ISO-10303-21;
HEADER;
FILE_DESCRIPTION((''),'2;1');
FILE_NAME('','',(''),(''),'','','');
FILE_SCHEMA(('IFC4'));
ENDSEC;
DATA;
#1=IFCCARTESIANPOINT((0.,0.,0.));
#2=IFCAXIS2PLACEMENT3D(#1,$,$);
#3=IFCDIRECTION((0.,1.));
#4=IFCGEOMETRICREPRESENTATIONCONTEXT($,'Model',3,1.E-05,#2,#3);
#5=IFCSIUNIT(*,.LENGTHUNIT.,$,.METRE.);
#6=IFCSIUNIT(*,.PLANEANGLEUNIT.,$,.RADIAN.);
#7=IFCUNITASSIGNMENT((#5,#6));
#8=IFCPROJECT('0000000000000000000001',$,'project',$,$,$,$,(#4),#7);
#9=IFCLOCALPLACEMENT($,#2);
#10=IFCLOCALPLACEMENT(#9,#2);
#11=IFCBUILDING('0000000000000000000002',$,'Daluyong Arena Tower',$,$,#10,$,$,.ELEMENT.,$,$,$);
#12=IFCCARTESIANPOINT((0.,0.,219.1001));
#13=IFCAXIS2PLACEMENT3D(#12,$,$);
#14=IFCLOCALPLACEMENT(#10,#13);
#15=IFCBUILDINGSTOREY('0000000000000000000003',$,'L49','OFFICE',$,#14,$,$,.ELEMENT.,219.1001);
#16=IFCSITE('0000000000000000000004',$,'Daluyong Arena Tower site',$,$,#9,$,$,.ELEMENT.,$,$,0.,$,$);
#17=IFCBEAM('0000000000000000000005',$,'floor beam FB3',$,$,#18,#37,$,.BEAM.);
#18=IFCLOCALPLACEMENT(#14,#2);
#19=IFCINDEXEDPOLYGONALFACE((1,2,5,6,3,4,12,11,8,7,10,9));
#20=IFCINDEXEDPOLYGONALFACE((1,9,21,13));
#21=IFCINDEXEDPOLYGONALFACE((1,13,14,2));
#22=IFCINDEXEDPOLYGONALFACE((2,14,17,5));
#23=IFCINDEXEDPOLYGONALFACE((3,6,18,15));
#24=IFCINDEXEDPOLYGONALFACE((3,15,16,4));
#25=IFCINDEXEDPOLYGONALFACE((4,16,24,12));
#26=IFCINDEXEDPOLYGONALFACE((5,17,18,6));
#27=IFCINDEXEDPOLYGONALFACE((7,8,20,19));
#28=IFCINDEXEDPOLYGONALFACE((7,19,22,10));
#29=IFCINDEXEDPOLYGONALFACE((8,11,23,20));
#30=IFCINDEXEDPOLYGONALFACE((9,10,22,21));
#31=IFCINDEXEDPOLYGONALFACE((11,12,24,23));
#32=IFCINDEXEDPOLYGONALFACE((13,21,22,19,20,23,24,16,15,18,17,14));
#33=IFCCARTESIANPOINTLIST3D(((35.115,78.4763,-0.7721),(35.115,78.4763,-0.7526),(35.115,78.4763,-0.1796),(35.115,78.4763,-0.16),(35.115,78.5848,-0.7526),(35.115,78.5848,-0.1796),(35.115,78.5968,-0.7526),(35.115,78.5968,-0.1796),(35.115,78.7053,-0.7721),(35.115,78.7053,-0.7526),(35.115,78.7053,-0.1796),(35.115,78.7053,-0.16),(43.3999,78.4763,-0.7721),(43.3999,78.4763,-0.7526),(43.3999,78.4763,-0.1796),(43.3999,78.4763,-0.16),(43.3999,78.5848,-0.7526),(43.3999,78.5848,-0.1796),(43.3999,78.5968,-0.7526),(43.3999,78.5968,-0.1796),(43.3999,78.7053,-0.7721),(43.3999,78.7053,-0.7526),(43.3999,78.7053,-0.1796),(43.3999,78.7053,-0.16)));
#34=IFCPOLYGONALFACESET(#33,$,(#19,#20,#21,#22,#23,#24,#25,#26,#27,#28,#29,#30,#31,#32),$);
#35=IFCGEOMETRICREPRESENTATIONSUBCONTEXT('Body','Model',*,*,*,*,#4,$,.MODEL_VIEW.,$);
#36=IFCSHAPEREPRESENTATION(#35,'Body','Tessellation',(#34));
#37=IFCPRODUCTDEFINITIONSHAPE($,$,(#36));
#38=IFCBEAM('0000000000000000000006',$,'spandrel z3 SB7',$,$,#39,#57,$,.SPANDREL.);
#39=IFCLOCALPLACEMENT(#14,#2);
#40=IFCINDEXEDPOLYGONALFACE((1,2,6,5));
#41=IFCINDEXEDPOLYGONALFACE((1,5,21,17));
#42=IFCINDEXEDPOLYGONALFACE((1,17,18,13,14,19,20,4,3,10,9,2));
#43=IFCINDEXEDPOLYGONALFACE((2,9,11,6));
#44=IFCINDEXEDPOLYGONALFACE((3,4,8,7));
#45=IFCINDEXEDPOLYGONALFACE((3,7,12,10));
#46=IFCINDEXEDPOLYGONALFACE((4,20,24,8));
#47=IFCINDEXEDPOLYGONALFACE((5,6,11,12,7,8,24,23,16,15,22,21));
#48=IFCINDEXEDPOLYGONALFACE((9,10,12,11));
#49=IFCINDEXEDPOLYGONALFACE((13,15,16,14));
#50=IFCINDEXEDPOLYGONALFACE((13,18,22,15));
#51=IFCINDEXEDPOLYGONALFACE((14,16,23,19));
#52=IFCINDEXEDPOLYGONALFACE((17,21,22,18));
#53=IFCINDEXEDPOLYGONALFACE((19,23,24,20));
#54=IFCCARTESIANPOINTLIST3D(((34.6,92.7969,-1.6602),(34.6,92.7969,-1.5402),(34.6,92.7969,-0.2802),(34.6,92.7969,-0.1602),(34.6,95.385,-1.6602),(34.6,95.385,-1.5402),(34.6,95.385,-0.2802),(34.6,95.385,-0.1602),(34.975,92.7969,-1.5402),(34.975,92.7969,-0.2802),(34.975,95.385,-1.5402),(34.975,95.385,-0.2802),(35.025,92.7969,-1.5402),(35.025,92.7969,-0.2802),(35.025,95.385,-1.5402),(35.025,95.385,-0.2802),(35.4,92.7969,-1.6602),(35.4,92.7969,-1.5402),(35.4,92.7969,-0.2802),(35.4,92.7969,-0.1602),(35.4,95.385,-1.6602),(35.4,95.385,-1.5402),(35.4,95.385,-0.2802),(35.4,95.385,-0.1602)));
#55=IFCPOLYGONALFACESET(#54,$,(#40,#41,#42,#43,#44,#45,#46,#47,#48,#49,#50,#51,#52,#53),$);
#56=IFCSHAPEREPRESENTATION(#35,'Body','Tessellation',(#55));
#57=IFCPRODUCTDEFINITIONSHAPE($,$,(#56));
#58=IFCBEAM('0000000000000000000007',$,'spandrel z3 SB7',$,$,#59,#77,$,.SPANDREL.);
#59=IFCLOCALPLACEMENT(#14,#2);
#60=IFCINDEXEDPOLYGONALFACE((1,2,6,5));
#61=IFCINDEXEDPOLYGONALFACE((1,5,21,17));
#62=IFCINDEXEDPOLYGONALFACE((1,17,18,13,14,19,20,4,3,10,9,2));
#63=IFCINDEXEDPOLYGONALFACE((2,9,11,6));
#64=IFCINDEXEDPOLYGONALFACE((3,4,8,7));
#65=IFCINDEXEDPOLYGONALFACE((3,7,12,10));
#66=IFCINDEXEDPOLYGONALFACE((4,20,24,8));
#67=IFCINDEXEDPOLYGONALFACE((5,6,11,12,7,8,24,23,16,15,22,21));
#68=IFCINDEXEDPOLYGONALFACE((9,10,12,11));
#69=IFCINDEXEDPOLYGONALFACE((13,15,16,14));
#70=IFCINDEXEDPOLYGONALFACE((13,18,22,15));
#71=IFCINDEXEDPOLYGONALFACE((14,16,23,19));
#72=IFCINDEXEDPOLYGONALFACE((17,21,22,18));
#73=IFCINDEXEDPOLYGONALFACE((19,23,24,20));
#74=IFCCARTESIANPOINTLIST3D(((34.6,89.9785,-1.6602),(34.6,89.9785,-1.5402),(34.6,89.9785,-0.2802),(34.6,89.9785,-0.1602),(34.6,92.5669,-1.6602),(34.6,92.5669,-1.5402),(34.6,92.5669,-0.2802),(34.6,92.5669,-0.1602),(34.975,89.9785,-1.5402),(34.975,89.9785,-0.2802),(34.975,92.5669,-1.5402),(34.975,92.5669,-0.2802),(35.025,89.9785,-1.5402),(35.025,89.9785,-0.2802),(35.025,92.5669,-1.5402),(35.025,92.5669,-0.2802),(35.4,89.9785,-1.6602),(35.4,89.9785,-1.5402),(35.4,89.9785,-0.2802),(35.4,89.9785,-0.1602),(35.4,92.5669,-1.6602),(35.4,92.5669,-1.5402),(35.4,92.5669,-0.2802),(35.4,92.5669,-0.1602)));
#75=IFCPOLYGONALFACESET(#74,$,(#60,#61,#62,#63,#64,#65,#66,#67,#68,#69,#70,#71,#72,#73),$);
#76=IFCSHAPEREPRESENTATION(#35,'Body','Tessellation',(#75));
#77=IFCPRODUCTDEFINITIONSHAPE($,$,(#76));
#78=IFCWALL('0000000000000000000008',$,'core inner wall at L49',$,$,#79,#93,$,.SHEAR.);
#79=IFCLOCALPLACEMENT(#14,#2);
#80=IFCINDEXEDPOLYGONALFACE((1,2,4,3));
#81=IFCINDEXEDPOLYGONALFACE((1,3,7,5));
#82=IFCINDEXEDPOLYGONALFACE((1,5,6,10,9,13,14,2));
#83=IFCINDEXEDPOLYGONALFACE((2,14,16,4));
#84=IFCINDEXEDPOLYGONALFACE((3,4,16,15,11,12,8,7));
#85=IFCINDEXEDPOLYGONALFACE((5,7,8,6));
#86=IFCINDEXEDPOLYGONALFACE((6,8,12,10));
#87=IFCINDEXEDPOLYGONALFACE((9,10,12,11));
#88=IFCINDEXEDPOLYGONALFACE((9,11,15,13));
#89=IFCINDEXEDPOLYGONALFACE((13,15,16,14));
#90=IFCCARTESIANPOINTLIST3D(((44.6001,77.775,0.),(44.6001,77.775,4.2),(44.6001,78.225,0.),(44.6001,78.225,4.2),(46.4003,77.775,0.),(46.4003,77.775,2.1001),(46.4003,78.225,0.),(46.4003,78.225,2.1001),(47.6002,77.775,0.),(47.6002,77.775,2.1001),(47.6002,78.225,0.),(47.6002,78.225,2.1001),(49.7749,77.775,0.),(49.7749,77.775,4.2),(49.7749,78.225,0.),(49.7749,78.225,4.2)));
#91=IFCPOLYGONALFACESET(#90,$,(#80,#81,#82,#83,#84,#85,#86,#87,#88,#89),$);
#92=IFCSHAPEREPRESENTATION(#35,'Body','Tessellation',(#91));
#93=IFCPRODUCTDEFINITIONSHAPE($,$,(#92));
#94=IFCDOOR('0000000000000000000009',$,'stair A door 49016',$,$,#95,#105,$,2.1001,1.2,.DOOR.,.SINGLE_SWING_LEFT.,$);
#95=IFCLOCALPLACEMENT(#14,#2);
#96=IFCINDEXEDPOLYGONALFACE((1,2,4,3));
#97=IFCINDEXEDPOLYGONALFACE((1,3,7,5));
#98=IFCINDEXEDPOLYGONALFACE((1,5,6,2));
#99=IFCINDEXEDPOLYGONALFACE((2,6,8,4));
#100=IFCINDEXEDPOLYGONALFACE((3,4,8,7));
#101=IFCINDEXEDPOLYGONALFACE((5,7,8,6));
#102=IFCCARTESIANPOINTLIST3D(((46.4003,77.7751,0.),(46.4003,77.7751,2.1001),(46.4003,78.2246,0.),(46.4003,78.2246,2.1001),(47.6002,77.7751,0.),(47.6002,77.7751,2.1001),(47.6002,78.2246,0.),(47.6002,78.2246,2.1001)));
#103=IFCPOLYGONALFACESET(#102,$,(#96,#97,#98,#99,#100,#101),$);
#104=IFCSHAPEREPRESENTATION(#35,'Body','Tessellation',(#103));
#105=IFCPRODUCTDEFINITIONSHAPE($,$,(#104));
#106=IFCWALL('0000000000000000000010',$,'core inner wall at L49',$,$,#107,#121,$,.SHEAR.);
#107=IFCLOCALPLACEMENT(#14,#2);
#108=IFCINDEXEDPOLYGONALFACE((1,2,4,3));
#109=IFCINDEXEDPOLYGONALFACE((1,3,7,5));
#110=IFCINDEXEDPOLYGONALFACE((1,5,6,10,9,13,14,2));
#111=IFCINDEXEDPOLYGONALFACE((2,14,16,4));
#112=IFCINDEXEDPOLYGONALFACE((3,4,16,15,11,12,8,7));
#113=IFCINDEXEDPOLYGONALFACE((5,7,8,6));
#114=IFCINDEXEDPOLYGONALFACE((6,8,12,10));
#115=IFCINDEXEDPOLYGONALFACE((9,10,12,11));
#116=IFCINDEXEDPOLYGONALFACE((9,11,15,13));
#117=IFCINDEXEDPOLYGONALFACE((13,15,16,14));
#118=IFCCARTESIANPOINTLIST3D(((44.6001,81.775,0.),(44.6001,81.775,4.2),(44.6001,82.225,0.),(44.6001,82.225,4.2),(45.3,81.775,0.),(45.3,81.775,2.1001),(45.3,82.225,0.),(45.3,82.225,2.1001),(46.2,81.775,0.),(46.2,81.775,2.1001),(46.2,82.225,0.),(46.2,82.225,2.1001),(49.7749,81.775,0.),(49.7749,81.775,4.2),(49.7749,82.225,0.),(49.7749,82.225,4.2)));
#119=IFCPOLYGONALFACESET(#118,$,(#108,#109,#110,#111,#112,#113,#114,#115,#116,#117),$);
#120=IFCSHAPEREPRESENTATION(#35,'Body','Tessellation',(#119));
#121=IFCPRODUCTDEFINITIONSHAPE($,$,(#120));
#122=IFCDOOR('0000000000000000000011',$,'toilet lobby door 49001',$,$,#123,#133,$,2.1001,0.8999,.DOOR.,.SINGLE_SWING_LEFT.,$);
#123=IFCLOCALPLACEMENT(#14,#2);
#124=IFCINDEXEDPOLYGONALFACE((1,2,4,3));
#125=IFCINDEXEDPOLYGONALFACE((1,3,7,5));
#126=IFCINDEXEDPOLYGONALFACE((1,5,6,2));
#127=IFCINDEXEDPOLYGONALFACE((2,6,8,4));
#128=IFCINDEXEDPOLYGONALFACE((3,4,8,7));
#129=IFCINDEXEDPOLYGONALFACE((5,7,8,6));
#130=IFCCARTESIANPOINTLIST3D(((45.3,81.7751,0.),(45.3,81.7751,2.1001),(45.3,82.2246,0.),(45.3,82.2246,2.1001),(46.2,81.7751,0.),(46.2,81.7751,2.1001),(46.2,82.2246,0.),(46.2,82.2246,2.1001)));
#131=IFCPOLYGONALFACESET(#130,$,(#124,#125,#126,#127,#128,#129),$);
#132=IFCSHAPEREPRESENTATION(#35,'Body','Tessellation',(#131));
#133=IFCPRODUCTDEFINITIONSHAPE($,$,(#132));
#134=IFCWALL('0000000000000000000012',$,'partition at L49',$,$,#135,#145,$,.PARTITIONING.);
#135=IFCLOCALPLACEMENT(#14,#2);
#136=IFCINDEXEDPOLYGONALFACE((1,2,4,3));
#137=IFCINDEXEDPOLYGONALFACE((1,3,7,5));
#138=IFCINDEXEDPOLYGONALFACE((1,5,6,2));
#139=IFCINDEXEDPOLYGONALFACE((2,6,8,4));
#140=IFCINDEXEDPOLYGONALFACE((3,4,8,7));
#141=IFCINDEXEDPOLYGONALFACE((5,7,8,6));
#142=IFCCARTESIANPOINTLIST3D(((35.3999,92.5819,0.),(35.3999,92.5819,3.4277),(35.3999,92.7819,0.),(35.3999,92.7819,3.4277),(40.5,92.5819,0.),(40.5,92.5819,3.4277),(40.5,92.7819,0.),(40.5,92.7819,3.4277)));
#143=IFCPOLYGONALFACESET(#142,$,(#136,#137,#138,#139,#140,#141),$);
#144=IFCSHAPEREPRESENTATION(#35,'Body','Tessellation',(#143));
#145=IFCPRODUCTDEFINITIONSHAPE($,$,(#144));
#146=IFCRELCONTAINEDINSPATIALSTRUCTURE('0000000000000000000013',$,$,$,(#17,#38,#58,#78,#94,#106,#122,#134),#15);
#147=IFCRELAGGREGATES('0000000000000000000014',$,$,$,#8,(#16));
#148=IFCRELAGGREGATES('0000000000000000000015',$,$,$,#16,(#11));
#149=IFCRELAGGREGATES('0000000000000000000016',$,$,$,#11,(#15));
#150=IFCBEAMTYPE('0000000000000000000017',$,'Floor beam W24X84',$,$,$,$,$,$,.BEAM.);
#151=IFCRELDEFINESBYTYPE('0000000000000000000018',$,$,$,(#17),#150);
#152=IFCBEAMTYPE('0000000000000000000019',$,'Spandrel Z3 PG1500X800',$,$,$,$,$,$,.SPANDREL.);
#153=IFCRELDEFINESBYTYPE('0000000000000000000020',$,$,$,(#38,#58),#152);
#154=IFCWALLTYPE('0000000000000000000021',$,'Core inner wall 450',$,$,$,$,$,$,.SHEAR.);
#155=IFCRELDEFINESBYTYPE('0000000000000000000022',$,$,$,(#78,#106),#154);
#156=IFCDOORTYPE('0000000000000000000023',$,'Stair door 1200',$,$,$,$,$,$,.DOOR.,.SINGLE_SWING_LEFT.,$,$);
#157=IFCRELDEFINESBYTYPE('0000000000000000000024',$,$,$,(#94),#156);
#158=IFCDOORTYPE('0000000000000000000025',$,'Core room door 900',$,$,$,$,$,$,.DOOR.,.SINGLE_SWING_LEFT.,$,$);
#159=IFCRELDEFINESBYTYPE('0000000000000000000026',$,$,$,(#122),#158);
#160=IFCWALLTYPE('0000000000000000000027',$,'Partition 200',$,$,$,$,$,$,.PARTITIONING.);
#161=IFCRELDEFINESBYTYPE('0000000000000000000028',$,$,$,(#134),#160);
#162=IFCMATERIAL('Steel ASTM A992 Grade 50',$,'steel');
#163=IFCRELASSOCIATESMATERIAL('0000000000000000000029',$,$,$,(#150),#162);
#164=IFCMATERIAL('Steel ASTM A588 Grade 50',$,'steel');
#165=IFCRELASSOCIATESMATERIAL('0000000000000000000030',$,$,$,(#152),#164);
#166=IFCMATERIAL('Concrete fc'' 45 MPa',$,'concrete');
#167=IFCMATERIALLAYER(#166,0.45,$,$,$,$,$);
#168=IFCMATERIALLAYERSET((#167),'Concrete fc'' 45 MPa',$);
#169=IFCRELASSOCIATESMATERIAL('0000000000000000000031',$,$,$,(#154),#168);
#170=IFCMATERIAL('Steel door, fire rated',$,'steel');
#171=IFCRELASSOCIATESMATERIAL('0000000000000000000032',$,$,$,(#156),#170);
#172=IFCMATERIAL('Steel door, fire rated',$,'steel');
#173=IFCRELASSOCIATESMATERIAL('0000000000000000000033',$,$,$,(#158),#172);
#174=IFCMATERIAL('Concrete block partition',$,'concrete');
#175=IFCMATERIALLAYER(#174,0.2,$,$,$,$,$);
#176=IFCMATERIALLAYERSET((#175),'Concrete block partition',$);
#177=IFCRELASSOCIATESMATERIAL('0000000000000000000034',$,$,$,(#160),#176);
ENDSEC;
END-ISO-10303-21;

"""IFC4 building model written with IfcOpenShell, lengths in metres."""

from ifc_helpers import new_model, si_unit, direction, frame, frame_2d, origin, origin_2d, place, context, subcontext, project, spatial, rectangle, i_section, extrude, material, layer, layer_set, material_profile, profile_set, type_object, element, fill, save


model = new_model("IFC4")

# Units and contexts
model_context = context("Model", 3, precision=1e-05, world=origin(), true_north=direction((0.0, 1.0)))
body_context = subcontext(model_context, "Body", "Model", "MODEL_VIEW")
ifc_project = project(units=[si_unit("LENGTHUNIT", "METRE"), si_unit("PLANEANGLEUNIT", "RADIAN")], contexts=[model_context])

# Site, building, storey
site_placement = place(None, origin())
site = spatial("IfcSite", under=ifc_project, at=site_placement, Name="Daluyong Arena Tower site", CompositionType="ELEMENT", RefElevation=0.0)
building_placement = place(site_placement, origin())
building = spatial("IfcBuilding", under=site, at=building_placement, Name="Daluyong Arena Tower", CompositionType="ELEMENT")
storey_placement = place(building_placement, frame((0.0, 0.0, 219.1001)))
storey = spatial("IfcBuildingStorey", under=building, at=storey_placement, Name="L49", Description="OFFICE", CompositionType="ELEMENT", Elevation=219.1001)

# Beams
ifc_material_1 = material(Name="Steel ASTM A992 Grade 50", Category="steel")
ifc_material_profile_1 = material_profile(ifc_material_1, i_section(OverallWidth=0.229, OverallDepth=0.6121, WebThickness=0.012, FlangeThickness=0.0195, at=origin_2d()))
ifc_profile_set_1 = profile_set([ifc_material_profile_1], Name="Steel ASTM A992 Grade 50")
beam_type_1 = type_object("IfcBeamType", Name="Floor beam W24X84", PredefinedType="BEAM", material=ifc_profile_set_1)
for number, where, z_axis, x_axis, name in (
    (1, (35.115, 78.5908, -0.4661), (1.0, 0.0, 0.0), (0.0, 1.0, 0.0), "floor beam FB3"),
):
    element("IfcBeam", number, at=place(storey_placement, frame(where, z_axis=z_axis, x_axis=x_axis)), inside=storey, type_object=beam_type_1, Name=name, PredefinedType="BEAM", context=body_context, shape_type="SweptSolid", body=[
        extrude(i_section(OverallWidth=0.229, OverallDepth=0.6121, WebThickness=0.012, FlangeThickness=0.0195, at=origin_2d()), origin(), (0.0, 0.0, 1.0), 8.2849),
    ])
ifc_material_2 = material(Name="Steel ASTM A588 Grade 50", Category="steel")
ifc_material_profile_2 = material_profile(ifc_material_2, i_section(OverallWidth=0.8, OverallDepth=1.5, WebThickness=0.05, FlangeThickness=0.12, at=origin_2d()))
ifc_profile_set_2 = profile_set([ifc_material_profile_2], Name="Steel ASTM A588 Grade 50")
beam_type_2 = type_object("IfcBeamType", Name="Spandrel Z3 PG1500X800", PredefinedType="SPANDREL", material=ifc_profile_set_2)
beam_1_placement = place(storey_placement, frame((35.0, 95.385, -0.9102), z_axis=(0.0, -1.0, 0.0), x_axis=(1.0, 0.0, 0.0)))
element("IfcBeam", 2, at=beam_1_placement, inside=storey, type_object=beam_type_2, Name="spandrel z3 SB7", PredefinedType="SPANDREL", context=body_context, shape_type="SweptSolid", body=[
    extrude(i_section(OverallWidth=0.8, OverallDepth=1.5, WebThickness=0.05, FlangeThickness=0.12, at=origin_2d()), origin(), (0.0, 0.0, 1.0), 2.5881),
])
beam_2_placement = place(storey_placement, frame((35.0, 92.5669, -0.9102), z_axis=(0.0, -1.0, 0.0), x_axis=(1.0, 0.0, 0.0)))
element("IfcBeam", 3, at=beam_2_placement, inside=storey, type_object=beam_type_2, Name="spandrel z3 SB7", PredefinedType="SPANDREL", context=body_context, shape_type="SweptSolid", body=[
    extrude(i_section(OverallWidth=0.8, OverallDepth=1.5, WebThickness=0.05, FlangeThickness=0.12, at=origin_2d()), origin(), (0.0, 0.0, 1.0), 2.5884),
])

# Walls, openings, doors
ifc_material_3 = material(Name="Concrete fc' 45 MPa", Category="concrete")
ifc_layer_1 = layer(ifc_material_3, 0.45)
ifc_layer_set_1 = layer_set([ifc_layer_1], Name="Concrete fc' 45 MPa")
wall_type_1 = type_object("IfcWallType", Name="Core inner wall 450", PredefinedType="SHEAR", material=ifc_layer_set_1)
wall_1_placement = place(storey_placement, frame((44.6001, 78.0, 0.0), z_axis=(0.0, 0.0, 1.0), x_axis=(1.0, 0.0, 0.0)))
wall_1 = element("IfcWall", 4, at=wall_1_placement, inside=storey, type_object=wall_type_1, Name="core inner wall at L49", PredefinedType="SHEAR", context=body_context, shape_type="SweptSolid", body=[
    extrude(rectangle(XDim=5.1748, YDim=0.45, at=frame_2d((2.5874, 0.0))), origin(), (0.0, 0.0, 1.0), 4.2),
])
opening_1_placement = place(wall_1_placement, frame((1.8, 0.0, 0.0)))
opening_1 = element("IfcOpeningElement", 5, at=opening_1_placement, cuts=wall_1, PredefinedType="OPENING", context=body_context, shape_type="SweptSolid", body=[
    extrude(rectangle(XDim=1.2, YDim=2.1001, at=frame_2d((0.6001, 1.05))), frame((0.0, 0.2349, 0.0), z_axis=(0.0, -1.0, 0.0), x_axis=(1.0, 0.0, 0.0)), (0.0, 0.0, 1.0), 0.47),
])
ifc_material_4 = material(Name="Steel door, fire rated", Category="steel")
door_type_1 = type_object("IfcDoorType", Name="Stair door 1200", OperationType="SINGLE_SWING_LEFT", PredefinedType="DOOR", material=ifc_material_4)
door_1_placement = place(opening_1_placement, origin())
door_1 = element("IfcDoor", 6, at=door_1_placement, inside=storey, type_object=door_type_1, Name="stair A door 49016", OperationType="SINGLE_SWING_LEFT", OverallHeight=2.1001, OverallWidth=1.2, PredefinedType="DOOR", context=body_context, shape_type="SweptSolid", body=[
    extrude(rectangle(XDim=1.2, YDim=2.1001, at=frame_2d((0.6001, 1.05))), frame((0.0, 0.2246, 0.0), z_axis=(0.0, -1.0, 0.0), x_axis=(1.0, 0.0, 0.0)), (0.0, 0.0, 1.0), 0.4495),
])
fill(opening_1, door_1)
wall_2_placement = place(storey_placement, frame((44.6001, 82.0, 0.0), z_axis=(0.0, 0.0, 1.0), x_axis=(1.0, 0.0, 0.0)))
wall_2 = element("IfcWall", 7, at=wall_2_placement, inside=storey, type_object=wall_type_1, Name="core inner wall at L49", PredefinedType="SHEAR", context=body_context, shape_type="SweptSolid", body=[
    extrude(rectangle(XDim=5.1748, YDim=0.45, at=frame_2d((2.5874, 0.0))), origin(), (0.0, 0.0, 1.0), 4.2),
])
opening_2_placement = place(wall_2_placement, frame((0.7, 0.0, 0.0)))
opening_2 = element("IfcOpeningElement", 8, at=opening_2_placement, cuts=wall_2, PredefinedType="OPENING", context=body_context, shape_type="SweptSolid", body=[
    extrude(rectangle(XDim=0.8999, YDim=2.1001, at=frame_2d((0.45, 1.05))), frame((0.0, 0.2349, 0.0), z_axis=(0.0, -1.0, 0.0), x_axis=(1.0, 0.0, 0.0)), (0.0, 0.0, 1.0), 0.47),
])
ifc_material_5 = material(Name="Steel door, fire rated", Category="steel")
door_type_2 = type_object("IfcDoorType", Name="Core room door 900", OperationType="SINGLE_SWING_LEFT", PredefinedType="DOOR", material=ifc_material_5)
door_2_placement = place(opening_2_placement, origin())
door_2 = element("IfcDoor", 9, at=door_2_placement, inside=storey, type_object=door_type_2, Name="toilet lobby door 49001", OperationType="SINGLE_SWING_LEFT", OverallHeight=2.1001, OverallWidth=0.8999, PredefinedType="DOOR", context=body_context, shape_type="SweptSolid", body=[
    extrude(rectangle(XDim=0.8999, YDim=2.1001, at=frame_2d((0.45, 1.05))), frame((0.0, 0.2246, 0.0), z_axis=(0.0, -1.0, 0.0), x_axis=(1.0, 0.0, 0.0)), (0.0, 0.0, 1.0), 0.4495),
])
fill(opening_2, door_2)

# Wall
ifc_material_6 = material(Name="Concrete block partition", Category="concrete")
ifc_layer_2 = layer(ifc_material_6, 0.2)
ifc_layer_set_2 = layer_set([ifc_layer_2], Name="Concrete block partition")
wall_type_2 = type_object("IfcWallType", Name="Partition 200", PredefinedType="PARTITIONING", material=ifc_layer_set_2)
wall_3_placement = place(storey_placement, frame((35.3999, 92.6819, 0.0), z_axis=(0.0, 0.0, 1.0), x_axis=(1.0, 0.0, 0.0)))
element("IfcWall", 10, at=wall_3_placement, inside=storey, type_object=wall_type_2, Name="partition at L49", PredefinedType="PARTITIONING", context=body_context, shape_type="SweptSolid", body=[
    extrude(rectangle(XDim=5.1001, YDim=0.2, at=frame_2d((2.55, 0.0))), origin(), (0.0, 0.0, 1.0), 3.4277),
])

save(model, "model.ifc")
